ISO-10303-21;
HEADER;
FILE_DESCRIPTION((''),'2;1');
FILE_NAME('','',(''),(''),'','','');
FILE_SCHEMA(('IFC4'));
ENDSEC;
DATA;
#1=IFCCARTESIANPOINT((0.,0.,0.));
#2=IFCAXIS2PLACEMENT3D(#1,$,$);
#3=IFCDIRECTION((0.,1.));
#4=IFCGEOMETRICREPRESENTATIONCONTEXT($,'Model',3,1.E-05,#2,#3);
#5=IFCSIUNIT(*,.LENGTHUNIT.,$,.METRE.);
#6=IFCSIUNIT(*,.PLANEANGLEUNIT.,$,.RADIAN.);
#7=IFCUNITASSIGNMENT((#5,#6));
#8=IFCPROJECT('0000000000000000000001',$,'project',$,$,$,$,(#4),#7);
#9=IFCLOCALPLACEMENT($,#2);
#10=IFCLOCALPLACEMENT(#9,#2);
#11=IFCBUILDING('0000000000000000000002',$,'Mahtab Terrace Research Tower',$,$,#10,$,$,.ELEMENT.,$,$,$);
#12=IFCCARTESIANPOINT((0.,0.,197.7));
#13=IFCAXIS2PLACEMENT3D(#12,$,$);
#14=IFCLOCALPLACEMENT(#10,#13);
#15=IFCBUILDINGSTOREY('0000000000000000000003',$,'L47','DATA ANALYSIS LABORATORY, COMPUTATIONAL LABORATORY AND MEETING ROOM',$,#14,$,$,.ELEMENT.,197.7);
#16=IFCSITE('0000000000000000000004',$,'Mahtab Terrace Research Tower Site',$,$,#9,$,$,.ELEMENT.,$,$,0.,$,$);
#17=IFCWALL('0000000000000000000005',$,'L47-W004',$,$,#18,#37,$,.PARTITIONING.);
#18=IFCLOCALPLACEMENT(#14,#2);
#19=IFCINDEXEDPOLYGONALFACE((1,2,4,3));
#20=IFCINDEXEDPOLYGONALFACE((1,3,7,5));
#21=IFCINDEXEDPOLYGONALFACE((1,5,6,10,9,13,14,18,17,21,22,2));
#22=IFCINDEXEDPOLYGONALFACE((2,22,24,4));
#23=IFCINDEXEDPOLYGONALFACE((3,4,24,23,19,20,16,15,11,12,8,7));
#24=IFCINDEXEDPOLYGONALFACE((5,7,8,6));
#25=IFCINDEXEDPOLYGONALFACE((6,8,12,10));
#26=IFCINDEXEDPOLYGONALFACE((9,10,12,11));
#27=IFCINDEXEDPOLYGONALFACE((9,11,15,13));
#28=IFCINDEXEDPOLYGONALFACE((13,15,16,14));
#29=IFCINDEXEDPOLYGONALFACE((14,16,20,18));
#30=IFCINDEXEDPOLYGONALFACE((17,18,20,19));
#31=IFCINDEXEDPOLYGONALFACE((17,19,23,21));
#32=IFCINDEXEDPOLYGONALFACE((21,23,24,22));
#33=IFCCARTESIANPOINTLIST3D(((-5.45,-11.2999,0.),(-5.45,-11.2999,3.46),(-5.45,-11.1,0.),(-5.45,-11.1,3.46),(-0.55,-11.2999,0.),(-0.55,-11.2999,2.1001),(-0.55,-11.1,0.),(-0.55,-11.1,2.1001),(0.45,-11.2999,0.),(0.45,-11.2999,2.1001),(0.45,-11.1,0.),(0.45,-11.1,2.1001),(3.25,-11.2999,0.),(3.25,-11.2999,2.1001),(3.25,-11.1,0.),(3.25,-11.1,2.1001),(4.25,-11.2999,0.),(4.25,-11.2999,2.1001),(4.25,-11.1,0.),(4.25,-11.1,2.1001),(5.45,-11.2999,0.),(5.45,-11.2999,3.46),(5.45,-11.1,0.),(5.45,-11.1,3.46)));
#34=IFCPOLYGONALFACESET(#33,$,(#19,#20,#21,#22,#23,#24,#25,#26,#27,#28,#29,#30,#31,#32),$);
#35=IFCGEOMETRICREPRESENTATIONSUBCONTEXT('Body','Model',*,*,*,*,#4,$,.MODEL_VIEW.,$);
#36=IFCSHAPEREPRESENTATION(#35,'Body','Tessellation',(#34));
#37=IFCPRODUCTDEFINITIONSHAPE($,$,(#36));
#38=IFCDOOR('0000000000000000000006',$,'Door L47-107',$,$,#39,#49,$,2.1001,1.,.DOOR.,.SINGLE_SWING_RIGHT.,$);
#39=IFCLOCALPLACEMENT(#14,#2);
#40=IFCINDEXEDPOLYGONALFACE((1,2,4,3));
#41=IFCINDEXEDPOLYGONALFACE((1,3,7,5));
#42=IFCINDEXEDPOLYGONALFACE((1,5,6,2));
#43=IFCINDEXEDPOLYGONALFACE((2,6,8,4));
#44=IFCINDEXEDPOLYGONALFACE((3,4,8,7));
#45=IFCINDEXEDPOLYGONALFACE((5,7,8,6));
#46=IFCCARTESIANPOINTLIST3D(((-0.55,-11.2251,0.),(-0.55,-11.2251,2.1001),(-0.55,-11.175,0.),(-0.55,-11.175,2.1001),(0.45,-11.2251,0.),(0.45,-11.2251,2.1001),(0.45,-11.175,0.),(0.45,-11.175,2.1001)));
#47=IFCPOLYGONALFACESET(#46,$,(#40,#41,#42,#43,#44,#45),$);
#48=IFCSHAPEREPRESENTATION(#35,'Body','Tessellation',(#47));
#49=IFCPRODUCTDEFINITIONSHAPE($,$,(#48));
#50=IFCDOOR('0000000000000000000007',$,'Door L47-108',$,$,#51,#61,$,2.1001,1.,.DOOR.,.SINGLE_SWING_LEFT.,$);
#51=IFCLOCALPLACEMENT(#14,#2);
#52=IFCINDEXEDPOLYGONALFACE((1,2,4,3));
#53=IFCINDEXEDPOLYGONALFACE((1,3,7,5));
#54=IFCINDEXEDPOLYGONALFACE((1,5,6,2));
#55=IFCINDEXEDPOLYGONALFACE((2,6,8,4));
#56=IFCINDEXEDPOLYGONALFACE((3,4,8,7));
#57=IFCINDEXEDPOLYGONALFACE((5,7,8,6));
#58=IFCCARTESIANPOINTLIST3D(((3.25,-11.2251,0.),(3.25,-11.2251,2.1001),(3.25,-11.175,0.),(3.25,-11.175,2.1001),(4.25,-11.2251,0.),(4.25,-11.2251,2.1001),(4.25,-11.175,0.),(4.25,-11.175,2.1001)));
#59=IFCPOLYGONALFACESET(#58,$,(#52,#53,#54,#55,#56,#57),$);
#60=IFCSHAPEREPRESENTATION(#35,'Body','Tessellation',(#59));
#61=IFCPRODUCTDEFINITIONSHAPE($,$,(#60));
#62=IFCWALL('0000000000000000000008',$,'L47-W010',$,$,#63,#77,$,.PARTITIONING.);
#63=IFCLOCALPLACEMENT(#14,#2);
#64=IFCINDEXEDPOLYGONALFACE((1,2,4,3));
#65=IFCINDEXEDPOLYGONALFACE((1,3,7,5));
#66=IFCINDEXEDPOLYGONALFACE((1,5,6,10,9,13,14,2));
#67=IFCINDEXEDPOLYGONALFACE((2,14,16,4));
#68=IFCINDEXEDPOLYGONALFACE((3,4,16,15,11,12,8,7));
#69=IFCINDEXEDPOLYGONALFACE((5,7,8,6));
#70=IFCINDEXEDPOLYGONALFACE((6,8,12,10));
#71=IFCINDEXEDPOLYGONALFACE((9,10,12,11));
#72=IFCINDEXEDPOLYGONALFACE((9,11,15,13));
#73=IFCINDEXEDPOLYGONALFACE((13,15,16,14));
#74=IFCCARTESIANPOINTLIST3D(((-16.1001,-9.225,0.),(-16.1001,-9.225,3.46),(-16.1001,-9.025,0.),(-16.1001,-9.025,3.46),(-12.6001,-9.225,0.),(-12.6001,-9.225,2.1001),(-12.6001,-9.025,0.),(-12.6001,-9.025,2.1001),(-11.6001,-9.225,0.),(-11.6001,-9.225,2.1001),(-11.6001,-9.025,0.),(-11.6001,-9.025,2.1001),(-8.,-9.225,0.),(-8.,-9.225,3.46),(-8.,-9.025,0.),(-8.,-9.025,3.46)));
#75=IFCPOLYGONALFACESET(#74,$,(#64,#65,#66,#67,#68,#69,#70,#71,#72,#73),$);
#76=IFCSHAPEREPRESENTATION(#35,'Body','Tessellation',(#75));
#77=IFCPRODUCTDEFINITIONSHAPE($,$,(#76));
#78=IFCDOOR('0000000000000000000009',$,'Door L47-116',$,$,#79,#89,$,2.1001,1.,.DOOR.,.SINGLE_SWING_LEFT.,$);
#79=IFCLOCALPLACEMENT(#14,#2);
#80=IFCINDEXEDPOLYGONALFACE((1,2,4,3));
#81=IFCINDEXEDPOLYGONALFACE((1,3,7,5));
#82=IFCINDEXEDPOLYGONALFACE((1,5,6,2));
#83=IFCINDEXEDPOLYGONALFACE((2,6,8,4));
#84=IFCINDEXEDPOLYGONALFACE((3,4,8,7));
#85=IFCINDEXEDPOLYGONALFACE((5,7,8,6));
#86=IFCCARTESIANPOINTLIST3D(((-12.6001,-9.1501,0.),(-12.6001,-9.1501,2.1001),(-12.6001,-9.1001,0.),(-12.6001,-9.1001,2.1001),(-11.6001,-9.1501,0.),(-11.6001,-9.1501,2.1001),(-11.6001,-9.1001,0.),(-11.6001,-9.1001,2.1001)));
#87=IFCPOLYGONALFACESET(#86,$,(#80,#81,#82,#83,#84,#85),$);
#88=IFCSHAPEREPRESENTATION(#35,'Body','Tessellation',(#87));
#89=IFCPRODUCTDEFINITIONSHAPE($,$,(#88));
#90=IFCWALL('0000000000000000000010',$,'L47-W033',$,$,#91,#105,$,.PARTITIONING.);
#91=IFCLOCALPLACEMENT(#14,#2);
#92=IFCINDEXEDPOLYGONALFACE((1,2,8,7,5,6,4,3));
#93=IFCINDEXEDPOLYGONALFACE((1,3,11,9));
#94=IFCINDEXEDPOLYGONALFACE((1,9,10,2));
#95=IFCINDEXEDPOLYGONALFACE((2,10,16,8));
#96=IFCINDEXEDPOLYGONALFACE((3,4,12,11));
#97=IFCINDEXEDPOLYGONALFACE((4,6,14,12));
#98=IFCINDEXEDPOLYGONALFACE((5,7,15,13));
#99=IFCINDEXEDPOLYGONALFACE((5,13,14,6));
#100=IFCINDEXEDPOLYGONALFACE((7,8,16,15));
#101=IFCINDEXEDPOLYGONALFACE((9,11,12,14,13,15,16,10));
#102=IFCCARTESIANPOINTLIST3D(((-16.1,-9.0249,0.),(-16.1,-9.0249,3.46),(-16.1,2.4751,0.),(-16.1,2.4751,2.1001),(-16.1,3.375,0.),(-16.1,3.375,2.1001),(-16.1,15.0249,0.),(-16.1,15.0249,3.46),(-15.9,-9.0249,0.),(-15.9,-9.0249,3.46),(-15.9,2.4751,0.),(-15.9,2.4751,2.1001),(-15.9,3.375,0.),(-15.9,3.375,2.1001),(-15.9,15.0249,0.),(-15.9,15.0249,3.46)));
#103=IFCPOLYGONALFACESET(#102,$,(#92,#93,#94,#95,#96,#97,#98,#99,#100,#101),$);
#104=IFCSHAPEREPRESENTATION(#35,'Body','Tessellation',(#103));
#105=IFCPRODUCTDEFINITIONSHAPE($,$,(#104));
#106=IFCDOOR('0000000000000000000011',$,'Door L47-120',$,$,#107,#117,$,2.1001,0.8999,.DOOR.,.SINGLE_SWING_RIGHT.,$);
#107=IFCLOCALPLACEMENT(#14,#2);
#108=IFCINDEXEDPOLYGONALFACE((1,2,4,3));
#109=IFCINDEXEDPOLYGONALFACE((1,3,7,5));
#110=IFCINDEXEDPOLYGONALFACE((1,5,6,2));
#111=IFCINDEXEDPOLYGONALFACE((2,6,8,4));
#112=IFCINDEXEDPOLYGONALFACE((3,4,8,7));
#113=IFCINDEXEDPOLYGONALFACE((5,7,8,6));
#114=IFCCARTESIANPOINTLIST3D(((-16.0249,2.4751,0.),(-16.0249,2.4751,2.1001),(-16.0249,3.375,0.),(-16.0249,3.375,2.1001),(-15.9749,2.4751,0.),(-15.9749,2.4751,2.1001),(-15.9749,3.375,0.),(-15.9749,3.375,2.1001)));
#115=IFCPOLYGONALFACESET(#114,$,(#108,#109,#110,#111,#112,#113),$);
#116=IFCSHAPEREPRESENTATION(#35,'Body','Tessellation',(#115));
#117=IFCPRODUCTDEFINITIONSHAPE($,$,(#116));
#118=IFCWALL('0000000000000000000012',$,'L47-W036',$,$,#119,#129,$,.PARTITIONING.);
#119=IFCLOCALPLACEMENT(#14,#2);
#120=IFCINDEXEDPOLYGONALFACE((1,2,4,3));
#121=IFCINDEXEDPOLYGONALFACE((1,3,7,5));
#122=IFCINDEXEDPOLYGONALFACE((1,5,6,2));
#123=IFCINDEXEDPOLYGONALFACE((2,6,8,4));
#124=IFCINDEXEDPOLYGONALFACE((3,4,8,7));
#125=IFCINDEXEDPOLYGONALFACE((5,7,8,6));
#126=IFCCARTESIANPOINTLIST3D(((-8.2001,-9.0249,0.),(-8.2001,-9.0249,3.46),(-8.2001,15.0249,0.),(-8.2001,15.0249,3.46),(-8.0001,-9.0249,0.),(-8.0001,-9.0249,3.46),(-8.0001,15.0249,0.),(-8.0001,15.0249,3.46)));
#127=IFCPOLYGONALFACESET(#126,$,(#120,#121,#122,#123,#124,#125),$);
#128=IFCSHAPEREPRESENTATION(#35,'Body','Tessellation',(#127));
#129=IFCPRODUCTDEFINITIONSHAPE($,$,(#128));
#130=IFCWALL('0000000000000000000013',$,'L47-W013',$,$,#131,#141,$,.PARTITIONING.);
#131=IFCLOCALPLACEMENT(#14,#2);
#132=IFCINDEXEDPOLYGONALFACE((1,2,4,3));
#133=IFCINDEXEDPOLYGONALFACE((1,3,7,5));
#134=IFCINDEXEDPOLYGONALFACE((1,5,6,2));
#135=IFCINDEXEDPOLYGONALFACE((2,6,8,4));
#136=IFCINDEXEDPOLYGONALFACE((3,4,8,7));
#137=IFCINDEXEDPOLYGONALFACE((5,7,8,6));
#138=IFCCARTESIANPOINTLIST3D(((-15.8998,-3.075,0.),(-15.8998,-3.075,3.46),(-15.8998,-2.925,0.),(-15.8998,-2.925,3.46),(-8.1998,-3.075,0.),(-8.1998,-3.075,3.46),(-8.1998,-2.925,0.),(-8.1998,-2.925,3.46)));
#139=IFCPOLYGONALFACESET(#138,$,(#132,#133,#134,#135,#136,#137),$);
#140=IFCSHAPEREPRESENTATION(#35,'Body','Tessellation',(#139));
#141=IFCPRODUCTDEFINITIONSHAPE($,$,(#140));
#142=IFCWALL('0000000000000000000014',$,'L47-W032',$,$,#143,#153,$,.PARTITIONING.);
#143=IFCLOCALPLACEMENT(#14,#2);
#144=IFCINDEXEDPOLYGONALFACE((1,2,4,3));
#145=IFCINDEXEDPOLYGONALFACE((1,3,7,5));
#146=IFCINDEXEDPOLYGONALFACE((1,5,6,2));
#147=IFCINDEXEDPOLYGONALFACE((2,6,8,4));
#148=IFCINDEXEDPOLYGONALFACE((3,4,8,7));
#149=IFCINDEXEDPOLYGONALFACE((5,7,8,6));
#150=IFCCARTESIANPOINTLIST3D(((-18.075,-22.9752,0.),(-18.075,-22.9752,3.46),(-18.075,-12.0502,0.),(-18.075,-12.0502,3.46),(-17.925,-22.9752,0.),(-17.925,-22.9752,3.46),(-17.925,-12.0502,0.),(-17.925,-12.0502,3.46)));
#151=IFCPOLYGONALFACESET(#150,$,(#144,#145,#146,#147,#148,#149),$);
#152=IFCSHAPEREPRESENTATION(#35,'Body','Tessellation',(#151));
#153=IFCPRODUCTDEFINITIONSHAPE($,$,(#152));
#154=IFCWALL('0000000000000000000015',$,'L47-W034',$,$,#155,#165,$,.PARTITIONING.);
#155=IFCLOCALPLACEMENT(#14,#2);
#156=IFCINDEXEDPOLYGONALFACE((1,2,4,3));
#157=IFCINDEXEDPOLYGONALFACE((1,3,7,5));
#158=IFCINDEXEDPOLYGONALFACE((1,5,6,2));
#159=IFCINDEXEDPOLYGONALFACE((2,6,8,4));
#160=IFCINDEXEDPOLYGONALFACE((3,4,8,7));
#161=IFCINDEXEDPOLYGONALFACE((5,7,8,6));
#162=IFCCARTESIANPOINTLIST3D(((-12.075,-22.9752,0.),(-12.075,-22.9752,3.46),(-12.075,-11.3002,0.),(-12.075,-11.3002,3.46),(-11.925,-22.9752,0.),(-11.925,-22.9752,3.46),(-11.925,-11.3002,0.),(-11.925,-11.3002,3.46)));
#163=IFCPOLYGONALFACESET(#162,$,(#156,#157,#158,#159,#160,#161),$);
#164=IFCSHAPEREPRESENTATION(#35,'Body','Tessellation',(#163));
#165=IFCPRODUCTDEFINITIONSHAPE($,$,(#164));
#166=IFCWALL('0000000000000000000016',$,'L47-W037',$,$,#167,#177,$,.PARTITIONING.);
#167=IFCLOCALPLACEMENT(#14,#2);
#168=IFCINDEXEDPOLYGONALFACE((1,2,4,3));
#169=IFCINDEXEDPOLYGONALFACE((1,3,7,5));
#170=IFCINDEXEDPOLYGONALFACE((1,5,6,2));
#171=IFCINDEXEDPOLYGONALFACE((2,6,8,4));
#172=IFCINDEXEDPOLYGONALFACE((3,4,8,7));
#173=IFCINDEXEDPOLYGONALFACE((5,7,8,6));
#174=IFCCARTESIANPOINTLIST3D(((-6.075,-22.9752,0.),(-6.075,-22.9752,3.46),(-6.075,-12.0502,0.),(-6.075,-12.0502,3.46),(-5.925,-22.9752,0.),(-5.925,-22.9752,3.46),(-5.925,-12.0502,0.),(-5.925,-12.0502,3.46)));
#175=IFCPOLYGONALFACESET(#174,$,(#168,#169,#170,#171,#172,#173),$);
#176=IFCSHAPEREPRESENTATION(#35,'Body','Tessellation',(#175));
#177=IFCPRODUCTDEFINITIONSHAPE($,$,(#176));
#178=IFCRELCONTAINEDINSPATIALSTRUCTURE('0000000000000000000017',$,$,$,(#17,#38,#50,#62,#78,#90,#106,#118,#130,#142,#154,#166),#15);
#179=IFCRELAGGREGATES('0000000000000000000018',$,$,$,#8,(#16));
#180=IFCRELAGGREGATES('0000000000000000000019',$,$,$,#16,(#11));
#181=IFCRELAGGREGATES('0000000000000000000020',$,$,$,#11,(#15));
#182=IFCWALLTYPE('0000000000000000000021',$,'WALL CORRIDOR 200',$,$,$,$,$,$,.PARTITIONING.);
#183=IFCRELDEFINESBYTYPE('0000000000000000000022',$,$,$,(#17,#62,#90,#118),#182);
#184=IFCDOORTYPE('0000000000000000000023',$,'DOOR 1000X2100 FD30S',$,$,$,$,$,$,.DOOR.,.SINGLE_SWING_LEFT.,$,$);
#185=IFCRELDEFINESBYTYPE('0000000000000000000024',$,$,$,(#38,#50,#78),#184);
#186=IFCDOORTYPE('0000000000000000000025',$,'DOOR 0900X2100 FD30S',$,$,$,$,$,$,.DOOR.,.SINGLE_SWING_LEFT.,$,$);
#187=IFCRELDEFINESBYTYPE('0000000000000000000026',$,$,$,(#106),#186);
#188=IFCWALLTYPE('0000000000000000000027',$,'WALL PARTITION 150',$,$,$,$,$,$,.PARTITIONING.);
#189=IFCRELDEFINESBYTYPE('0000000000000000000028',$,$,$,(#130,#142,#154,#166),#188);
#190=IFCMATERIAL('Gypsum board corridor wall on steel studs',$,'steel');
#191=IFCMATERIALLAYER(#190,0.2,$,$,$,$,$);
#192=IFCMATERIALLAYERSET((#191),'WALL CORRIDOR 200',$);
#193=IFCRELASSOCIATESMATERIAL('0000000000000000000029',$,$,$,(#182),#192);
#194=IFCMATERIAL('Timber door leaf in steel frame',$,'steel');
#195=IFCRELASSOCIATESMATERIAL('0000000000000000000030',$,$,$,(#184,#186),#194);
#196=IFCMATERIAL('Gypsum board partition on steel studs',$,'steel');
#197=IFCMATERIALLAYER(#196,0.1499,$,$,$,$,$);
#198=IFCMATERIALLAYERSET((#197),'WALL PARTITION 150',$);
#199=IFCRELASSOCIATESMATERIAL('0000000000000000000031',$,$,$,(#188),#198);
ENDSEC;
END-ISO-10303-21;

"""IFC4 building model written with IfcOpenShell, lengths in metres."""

from ifc_helpers import new_model, si_unit, direction, frame, frame_2d, origin, place, context, subcontext, project, spatial, rectangle, extrude, material, layer, layer_set, type_object, element, fill, save


model = new_model("IFC4")

# Units and contexts
model_context = context("Model", 3, precision=1e-05, world=origin(), true_north=direction((0.0, 1.0)))
body_context = subcontext(model_context, "Body", "Model", "MODEL_VIEW")
ifc_project = project(units=[si_unit("LENGTHUNIT", "METRE"), si_unit("PLANEANGLEUNIT", "RADIAN")], contexts=[model_context])

# Site, building, storey
site_placement = place(None, origin())
site = spatial("IfcSite", under=ifc_project, at=site_placement, Name="Mahtab Terrace Research Tower Site", CompositionType="ELEMENT", RefElevation=0.0)
building_placement = place(site_placement, origin())
building = spatial("IfcBuilding", under=site, at=building_placement, Name="Mahtab Terrace Research Tower", CompositionType="ELEMENT")
storey_placement = place(building_placement, frame((0.0, 0.0, 197.7)))
storey = spatial("IfcBuildingStorey", under=building, at=storey_placement, Name="L47", Description="DATA ANALYSIS LABORATORY, COMPUTATIONAL LABORATORY AND MEETING ROOM", CompositionType="ELEMENT", Elevation=197.7)

# Wall, openings, doors
ifc_material_1 = material(Name="Gypsum board corridor wall on steel studs", Category="steel")
ifc_layer_1 = layer(ifc_material_1, 0.2)
ifc_layer_set_1 = layer_set([ifc_layer_1], Name="WALL CORRIDOR 200")
wall_type_1 = type_object("IfcWallType", Name="WALL CORRIDOR 200", PredefinedType="PARTITIONING", material=ifc_layer_set_1)
ifc_material_2 = material(Name="Timber door leaf in steel frame", Category="steel")
door_type_1 = type_object("IfcDoorType", Name="DOOR 1000X2100 FD30S", OperationType="SINGLE_SWING_LEFT", PredefinedType="DOOR", material=ifc_material_2)
wall_1_placement = place(storey_placement, frame((-5.45, -11.2, 0.0), z_axis=(0.0, 0.0, 1.0), x_axis=(1.0, 0.0, 0.0)))
wall_1 = element("IfcWall", 1, at=wall_1_placement, inside=storey, type_object=wall_type_1, Name="L47-W004", PredefinedType="PARTITIONING", context=body_context, shape_type="SweptSolid", body=[
    extrude(rectangle(XDim=10.8999, YDim=0.2, at=frame_2d((5.45, 0.0))), origin(), (0.0, 0.0, 1.0), 3.46),
])
opening_1_placement = place(wall_1_placement, frame((4.8999, 0.0, 0.0)))
opening_1 = element("IfcOpeningElement", 2, at=opening_1_placement, cuts=wall_1, PredefinedType="OPENING", context=body_context, shape_type="SweptSolid", body=[
    extrude(rectangle(XDim=1.0, YDim=2.1001, at=frame_2d((0.5, 1.05))), frame((0.0, 0.1099, 0.0), z_axis=(0.0, -1.0, 0.0), x_axis=(1.0, 0.0, 0.0)), (0.0, 0.0, 1.0), 0.22),
])
opening_2_placement = place(wall_1_placement, frame((8.7, 0.0, 0.0)))
opening_2 = element("IfcOpeningElement", 3, at=opening_2_placement, cuts=wall_1, PredefinedType="OPENING", context=body_context, shape_type="SweptSolid", body=[
    extrude(rectangle(XDim=1.0, YDim=2.1001, at=frame_2d((0.5, 1.05))), frame((0.0, 0.1099, 0.0), z_axis=(0.0, -1.0, 0.0), x_axis=(1.0, 0.0, 0.0)), (0.0, 0.0, 1.0), 0.22),
])
door_1_placement = place(opening_1_placement, origin())
door_1 = element("IfcDoor", 4, at=door_1_placement, inside=storey, type_object=door_type_1, Name="Door L47-107", OperationType="SINGLE_SWING_RIGHT", OverallHeight=2.1001, OverallWidth=1.0, PredefinedType="DOOR", context=body_context, shape_type="SweptSolid", body=[
    extrude(rectangle(XDim=1.0, YDim=2.1001, at=frame_2d((0.5, 1.05))), frame((0.0, 0.0249, 0.0), z_axis=(0.0, -1.0, 0.0), x_axis=(1.0, 0.0, 0.0)), (0.0, 0.0, 1.0), 0.05),
])
fill(opening_1, door_1)
door_2_placement = place(opening_2_placement, origin())
door_2 = element("IfcDoor", 5, at=door_2_placement, inside=storey, type_object=door_type_1, Name="Door L47-108", OperationType="SINGLE_SWING_LEFT", OverallHeight=2.1001, OverallWidth=1.0, PredefinedType="DOOR", context=body_context, shape_type="SweptSolid", body=[
    extrude(rectangle(XDim=1.0, YDim=2.1001, at=frame_2d((0.5, 1.05))), frame((0.0, 0.0249, 0.0), z_axis=(0.0, -1.0, 0.0), x_axis=(1.0, 0.0, 0.0)), (0.0, 0.0, 1.0), 0.05),
])
fill(opening_2, door_2)

# Walls, openings, doors
wall_2_placement = place(storey_placement, frame((-16.1001, -9.125, 0.0), z_axis=(0.0, 0.0, 1.0), x_axis=(1.0, 0.0, 0.0)))
wall_2 = element("IfcWall", 6, at=wall_2_placement, inside=storey, type_object=wall_type_1, Name="L47-W010", PredefinedType="PARTITIONING", context=body_context, shape_type="SweptSolid", body=[
    extrude(rectangle(XDim=8.1001, YDim=0.2, at=frame_2d((4.05, 0.0))), origin(), (0.0, 0.0, 1.0), 3.46),
])
opening_3_placement = place(wall_2_placement, frame((3.5, 0.0, 0.0)))
opening_3 = element("IfcOpeningElement", 7, at=opening_3_placement, cuts=wall_2, PredefinedType="OPENING", context=body_context, shape_type="SweptSolid", body=[
    extrude(rectangle(XDim=1.0, YDim=2.1001, at=frame_2d((0.5, 1.05))), frame((0.0, 0.1099, 0.0), z_axis=(0.0, -1.0, 0.0), x_axis=(1.0, 0.0, 0.0)), (0.0, 0.0, 1.0), 0.22),
])
door_3_placement = place(opening_3_placement, origin())
door_3 = element("IfcDoor", 8, at=door_3_placement, inside=storey, type_object=door_type_1, Name="Door L47-116", OperationType="SINGLE_SWING_LEFT", OverallHeight=2.1001, OverallWidth=1.0, PredefinedType="DOOR", context=body_context, shape_type="SweptSolid", body=[
    extrude(rectangle(XDim=1.0, YDim=2.1001, at=frame_2d((0.5, 1.05))), frame((0.0, 0.0249, 0.0), z_axis=(0.0, -1.0, 0.0), x_axis=(1.0, 0.0, 0.0)), (0.0, 0.0, 1.0), 0.05),
])
fill(opening_3, door_3)
wall_3_placement = place(storey_placement, frame((-16.0, -9.0249, 0.0), z_axis=(0.0, 0.0, 1.0), x_axis=(0.0, 1.0, 0.0)))
wall_3 = element("IfcWall", 9, at=wall_3_placement, inside=storey, type_object=wall_type_1, Name="L47-W033", PredefinedType="PARTITIONING", context=body_context, shape_type="SweptSolid", body=[
    extrude(rectangle(XDim=24.0498, YDim=0.2, at=frame_2d((12.0249, 0.0))), origin(), (0.0, 0.0, 1.0), 3.46),
])
opening_4_placement = place(wall_3_placement, frame((11.5, 0.0, 0.0)))
opening_4 = element("IfcOpeningElement", 10, at=opening_4_placement, cuts=wall_3, PredefinedType="OPENING", context=body_context, shape_type="SweptSolid", body=[
    extrude(rectangle(XDim=0.8999, YDim=2.1001, at=frame_2d((0.45, 1.05))), frame((0.0, 0.1099, 0.0), z_axis=(0.0, -1.0, 0.0), x_axis=(1.0, 0.0, 0.0)), (0.0, 0.0, 1.0), 0.22),
])
door_type_2 = type_object("IfcDoorType", Name="DOOR 0900X2100 FD30S", OperationType="SINGLE_SWING_LEFT", PredefinedType="DOOR", material=ifc_material_2)
door_4_placement = place(opening_4_placement, origin())
door_4 = element("IfcDoor", 11, at=door_4_placement, inside=storey, type_object=door_type_2, Name="Door L47-120", OperationType="SINGLE_SWING_RIGHT", OverallHeight=2.1001, OverallWidth=0.8999, PredefinedType="DOOR", context=body_context, shape_type="SweptSolid", body=[
    extrude(rectangle(XDim=0.8999, YDim=2.1001, at=frame_2d((0.45, 1.05))), frame((0.0, 0.0249, 0.0), z_axis=(0.0, -1.0, 0.0), x_axis=(1.0, 0.0, 0.0)), (0.0, 0.0, 1.0), 0.05),
])
fill(opening_4, door_4)

# Walls
wall_4_placement = place(storey_placement, frame((-8.1001, -9.0249, 0.0), z_axis=(0.0, 0.0, 1.0), x_axis=(0.0, 1.0, 0.0)))
element("IfcWall", 12, at=wall_4_placement, inside=storey, type_object=wall_type_1, Name="L47-W036", PredefinedType="PARTITIONING", context=body_context, shape_type="SweptSolid", body=[
    extrude(rectangle(XDim=24.0498, YDim=0.2, at=frame_2d((12.0249, 0.0))), origin(), (0.0, 0.0, 1.0), 3.46),
])
ifc_material_3 = material(Name="Gypsum board partition on steel studs", Category="steel")
ifc_layer_2 = layer(ifc_material_3, 0.1499)
ifc_layer_set_2 = layer_set([ifc_layer_2], Name="WALL PARTITION 150")
wall_type_2 = type_object("IfcWallType", Name="WALL PARTITION 150", PredefinedType="PARTITIONING", material=ifc_layer_set_2)
wall_5_placement = place(storey_placement, frame((-15.8999, -3.0, 0.0), z_axis=(0.0, 0.0, 1.0), x_axis=(1.0, 0.0, 0.0)))
element("IfcWall", 13, at=wall_5_placement, inside=storey, type_object=wall_type_2, Name="L47-W013", PredefinedType="PARTITIONING", context=body_context, shape_type="SweptSolid", body=[
    extrude(rectangle(XDim=7.7, YDim=0.1499, at=frame_2d((3.8501, 0.0))), origin(), (0.0, 0.0, 1.0), 3.46),
])
wall_6_placement = place(storey_placement, frame((-18.0, -22.9751, 0.0), z_axis=(0.0, 0.0, 1.0), x_axis=(0.0, 1.0, 0.0)))
element("IfcWall", 14, at=wall_6_placement, inside=storey, type_object=wall_type_2, Name="L47-W032", PredefinedType="PARTITIONING", context=body_context, shape_type="SweptSolid", body=[
    extrude(rectangle(XDim=10.925, YDim=0.1499, at=frame_2d((5.4624, 0.0))), origin(), (0.0, 0.0, 1.0), 3.46),
])
wall_7_placement = place(storey_placement, frame((-12.0, -22.9751, 0.0), z_axis=(0.0, 0.0, 1.0), x_axis=(0.0, 1.0, 0.0)))
element("IfcWall", 15, at=wall_7_placement, inside=storey, type_object=wall_type_2, Name="L47-W034", PredefinedType="PARTITIONING", context=body_context, shape_type="SweptSolid", body=[
    extrude(rectangle(XDim=11.675, YDim=0.1499, at=frame_2d((5.8374, 0.0))), origin(), (0.0, 0.0, 1.0), 3.46),
])
wall_8_placement = place(storey_placement, frame((-6.0, -22.9751, 0.0), z_axis=(0.0, 0.0, 1.0), x_axis=(0.0, 1.0, 0.0)))
element("IfcWall", 16, at=wall_8_placement, inside=storey, type_object=wall_type_2, Name="L47-W037", PredefinedType="PARTITIONING", context=body_context, shape_type="SweptSolid", body=[
    extrude(rectangle(XDim=10.925, YDim=0.1499, at=frame_2d((5.4624, 0.0))), origin(), (0.0, 0.0, 1.0), 3.46),
])

save(model, "model.ifc")
